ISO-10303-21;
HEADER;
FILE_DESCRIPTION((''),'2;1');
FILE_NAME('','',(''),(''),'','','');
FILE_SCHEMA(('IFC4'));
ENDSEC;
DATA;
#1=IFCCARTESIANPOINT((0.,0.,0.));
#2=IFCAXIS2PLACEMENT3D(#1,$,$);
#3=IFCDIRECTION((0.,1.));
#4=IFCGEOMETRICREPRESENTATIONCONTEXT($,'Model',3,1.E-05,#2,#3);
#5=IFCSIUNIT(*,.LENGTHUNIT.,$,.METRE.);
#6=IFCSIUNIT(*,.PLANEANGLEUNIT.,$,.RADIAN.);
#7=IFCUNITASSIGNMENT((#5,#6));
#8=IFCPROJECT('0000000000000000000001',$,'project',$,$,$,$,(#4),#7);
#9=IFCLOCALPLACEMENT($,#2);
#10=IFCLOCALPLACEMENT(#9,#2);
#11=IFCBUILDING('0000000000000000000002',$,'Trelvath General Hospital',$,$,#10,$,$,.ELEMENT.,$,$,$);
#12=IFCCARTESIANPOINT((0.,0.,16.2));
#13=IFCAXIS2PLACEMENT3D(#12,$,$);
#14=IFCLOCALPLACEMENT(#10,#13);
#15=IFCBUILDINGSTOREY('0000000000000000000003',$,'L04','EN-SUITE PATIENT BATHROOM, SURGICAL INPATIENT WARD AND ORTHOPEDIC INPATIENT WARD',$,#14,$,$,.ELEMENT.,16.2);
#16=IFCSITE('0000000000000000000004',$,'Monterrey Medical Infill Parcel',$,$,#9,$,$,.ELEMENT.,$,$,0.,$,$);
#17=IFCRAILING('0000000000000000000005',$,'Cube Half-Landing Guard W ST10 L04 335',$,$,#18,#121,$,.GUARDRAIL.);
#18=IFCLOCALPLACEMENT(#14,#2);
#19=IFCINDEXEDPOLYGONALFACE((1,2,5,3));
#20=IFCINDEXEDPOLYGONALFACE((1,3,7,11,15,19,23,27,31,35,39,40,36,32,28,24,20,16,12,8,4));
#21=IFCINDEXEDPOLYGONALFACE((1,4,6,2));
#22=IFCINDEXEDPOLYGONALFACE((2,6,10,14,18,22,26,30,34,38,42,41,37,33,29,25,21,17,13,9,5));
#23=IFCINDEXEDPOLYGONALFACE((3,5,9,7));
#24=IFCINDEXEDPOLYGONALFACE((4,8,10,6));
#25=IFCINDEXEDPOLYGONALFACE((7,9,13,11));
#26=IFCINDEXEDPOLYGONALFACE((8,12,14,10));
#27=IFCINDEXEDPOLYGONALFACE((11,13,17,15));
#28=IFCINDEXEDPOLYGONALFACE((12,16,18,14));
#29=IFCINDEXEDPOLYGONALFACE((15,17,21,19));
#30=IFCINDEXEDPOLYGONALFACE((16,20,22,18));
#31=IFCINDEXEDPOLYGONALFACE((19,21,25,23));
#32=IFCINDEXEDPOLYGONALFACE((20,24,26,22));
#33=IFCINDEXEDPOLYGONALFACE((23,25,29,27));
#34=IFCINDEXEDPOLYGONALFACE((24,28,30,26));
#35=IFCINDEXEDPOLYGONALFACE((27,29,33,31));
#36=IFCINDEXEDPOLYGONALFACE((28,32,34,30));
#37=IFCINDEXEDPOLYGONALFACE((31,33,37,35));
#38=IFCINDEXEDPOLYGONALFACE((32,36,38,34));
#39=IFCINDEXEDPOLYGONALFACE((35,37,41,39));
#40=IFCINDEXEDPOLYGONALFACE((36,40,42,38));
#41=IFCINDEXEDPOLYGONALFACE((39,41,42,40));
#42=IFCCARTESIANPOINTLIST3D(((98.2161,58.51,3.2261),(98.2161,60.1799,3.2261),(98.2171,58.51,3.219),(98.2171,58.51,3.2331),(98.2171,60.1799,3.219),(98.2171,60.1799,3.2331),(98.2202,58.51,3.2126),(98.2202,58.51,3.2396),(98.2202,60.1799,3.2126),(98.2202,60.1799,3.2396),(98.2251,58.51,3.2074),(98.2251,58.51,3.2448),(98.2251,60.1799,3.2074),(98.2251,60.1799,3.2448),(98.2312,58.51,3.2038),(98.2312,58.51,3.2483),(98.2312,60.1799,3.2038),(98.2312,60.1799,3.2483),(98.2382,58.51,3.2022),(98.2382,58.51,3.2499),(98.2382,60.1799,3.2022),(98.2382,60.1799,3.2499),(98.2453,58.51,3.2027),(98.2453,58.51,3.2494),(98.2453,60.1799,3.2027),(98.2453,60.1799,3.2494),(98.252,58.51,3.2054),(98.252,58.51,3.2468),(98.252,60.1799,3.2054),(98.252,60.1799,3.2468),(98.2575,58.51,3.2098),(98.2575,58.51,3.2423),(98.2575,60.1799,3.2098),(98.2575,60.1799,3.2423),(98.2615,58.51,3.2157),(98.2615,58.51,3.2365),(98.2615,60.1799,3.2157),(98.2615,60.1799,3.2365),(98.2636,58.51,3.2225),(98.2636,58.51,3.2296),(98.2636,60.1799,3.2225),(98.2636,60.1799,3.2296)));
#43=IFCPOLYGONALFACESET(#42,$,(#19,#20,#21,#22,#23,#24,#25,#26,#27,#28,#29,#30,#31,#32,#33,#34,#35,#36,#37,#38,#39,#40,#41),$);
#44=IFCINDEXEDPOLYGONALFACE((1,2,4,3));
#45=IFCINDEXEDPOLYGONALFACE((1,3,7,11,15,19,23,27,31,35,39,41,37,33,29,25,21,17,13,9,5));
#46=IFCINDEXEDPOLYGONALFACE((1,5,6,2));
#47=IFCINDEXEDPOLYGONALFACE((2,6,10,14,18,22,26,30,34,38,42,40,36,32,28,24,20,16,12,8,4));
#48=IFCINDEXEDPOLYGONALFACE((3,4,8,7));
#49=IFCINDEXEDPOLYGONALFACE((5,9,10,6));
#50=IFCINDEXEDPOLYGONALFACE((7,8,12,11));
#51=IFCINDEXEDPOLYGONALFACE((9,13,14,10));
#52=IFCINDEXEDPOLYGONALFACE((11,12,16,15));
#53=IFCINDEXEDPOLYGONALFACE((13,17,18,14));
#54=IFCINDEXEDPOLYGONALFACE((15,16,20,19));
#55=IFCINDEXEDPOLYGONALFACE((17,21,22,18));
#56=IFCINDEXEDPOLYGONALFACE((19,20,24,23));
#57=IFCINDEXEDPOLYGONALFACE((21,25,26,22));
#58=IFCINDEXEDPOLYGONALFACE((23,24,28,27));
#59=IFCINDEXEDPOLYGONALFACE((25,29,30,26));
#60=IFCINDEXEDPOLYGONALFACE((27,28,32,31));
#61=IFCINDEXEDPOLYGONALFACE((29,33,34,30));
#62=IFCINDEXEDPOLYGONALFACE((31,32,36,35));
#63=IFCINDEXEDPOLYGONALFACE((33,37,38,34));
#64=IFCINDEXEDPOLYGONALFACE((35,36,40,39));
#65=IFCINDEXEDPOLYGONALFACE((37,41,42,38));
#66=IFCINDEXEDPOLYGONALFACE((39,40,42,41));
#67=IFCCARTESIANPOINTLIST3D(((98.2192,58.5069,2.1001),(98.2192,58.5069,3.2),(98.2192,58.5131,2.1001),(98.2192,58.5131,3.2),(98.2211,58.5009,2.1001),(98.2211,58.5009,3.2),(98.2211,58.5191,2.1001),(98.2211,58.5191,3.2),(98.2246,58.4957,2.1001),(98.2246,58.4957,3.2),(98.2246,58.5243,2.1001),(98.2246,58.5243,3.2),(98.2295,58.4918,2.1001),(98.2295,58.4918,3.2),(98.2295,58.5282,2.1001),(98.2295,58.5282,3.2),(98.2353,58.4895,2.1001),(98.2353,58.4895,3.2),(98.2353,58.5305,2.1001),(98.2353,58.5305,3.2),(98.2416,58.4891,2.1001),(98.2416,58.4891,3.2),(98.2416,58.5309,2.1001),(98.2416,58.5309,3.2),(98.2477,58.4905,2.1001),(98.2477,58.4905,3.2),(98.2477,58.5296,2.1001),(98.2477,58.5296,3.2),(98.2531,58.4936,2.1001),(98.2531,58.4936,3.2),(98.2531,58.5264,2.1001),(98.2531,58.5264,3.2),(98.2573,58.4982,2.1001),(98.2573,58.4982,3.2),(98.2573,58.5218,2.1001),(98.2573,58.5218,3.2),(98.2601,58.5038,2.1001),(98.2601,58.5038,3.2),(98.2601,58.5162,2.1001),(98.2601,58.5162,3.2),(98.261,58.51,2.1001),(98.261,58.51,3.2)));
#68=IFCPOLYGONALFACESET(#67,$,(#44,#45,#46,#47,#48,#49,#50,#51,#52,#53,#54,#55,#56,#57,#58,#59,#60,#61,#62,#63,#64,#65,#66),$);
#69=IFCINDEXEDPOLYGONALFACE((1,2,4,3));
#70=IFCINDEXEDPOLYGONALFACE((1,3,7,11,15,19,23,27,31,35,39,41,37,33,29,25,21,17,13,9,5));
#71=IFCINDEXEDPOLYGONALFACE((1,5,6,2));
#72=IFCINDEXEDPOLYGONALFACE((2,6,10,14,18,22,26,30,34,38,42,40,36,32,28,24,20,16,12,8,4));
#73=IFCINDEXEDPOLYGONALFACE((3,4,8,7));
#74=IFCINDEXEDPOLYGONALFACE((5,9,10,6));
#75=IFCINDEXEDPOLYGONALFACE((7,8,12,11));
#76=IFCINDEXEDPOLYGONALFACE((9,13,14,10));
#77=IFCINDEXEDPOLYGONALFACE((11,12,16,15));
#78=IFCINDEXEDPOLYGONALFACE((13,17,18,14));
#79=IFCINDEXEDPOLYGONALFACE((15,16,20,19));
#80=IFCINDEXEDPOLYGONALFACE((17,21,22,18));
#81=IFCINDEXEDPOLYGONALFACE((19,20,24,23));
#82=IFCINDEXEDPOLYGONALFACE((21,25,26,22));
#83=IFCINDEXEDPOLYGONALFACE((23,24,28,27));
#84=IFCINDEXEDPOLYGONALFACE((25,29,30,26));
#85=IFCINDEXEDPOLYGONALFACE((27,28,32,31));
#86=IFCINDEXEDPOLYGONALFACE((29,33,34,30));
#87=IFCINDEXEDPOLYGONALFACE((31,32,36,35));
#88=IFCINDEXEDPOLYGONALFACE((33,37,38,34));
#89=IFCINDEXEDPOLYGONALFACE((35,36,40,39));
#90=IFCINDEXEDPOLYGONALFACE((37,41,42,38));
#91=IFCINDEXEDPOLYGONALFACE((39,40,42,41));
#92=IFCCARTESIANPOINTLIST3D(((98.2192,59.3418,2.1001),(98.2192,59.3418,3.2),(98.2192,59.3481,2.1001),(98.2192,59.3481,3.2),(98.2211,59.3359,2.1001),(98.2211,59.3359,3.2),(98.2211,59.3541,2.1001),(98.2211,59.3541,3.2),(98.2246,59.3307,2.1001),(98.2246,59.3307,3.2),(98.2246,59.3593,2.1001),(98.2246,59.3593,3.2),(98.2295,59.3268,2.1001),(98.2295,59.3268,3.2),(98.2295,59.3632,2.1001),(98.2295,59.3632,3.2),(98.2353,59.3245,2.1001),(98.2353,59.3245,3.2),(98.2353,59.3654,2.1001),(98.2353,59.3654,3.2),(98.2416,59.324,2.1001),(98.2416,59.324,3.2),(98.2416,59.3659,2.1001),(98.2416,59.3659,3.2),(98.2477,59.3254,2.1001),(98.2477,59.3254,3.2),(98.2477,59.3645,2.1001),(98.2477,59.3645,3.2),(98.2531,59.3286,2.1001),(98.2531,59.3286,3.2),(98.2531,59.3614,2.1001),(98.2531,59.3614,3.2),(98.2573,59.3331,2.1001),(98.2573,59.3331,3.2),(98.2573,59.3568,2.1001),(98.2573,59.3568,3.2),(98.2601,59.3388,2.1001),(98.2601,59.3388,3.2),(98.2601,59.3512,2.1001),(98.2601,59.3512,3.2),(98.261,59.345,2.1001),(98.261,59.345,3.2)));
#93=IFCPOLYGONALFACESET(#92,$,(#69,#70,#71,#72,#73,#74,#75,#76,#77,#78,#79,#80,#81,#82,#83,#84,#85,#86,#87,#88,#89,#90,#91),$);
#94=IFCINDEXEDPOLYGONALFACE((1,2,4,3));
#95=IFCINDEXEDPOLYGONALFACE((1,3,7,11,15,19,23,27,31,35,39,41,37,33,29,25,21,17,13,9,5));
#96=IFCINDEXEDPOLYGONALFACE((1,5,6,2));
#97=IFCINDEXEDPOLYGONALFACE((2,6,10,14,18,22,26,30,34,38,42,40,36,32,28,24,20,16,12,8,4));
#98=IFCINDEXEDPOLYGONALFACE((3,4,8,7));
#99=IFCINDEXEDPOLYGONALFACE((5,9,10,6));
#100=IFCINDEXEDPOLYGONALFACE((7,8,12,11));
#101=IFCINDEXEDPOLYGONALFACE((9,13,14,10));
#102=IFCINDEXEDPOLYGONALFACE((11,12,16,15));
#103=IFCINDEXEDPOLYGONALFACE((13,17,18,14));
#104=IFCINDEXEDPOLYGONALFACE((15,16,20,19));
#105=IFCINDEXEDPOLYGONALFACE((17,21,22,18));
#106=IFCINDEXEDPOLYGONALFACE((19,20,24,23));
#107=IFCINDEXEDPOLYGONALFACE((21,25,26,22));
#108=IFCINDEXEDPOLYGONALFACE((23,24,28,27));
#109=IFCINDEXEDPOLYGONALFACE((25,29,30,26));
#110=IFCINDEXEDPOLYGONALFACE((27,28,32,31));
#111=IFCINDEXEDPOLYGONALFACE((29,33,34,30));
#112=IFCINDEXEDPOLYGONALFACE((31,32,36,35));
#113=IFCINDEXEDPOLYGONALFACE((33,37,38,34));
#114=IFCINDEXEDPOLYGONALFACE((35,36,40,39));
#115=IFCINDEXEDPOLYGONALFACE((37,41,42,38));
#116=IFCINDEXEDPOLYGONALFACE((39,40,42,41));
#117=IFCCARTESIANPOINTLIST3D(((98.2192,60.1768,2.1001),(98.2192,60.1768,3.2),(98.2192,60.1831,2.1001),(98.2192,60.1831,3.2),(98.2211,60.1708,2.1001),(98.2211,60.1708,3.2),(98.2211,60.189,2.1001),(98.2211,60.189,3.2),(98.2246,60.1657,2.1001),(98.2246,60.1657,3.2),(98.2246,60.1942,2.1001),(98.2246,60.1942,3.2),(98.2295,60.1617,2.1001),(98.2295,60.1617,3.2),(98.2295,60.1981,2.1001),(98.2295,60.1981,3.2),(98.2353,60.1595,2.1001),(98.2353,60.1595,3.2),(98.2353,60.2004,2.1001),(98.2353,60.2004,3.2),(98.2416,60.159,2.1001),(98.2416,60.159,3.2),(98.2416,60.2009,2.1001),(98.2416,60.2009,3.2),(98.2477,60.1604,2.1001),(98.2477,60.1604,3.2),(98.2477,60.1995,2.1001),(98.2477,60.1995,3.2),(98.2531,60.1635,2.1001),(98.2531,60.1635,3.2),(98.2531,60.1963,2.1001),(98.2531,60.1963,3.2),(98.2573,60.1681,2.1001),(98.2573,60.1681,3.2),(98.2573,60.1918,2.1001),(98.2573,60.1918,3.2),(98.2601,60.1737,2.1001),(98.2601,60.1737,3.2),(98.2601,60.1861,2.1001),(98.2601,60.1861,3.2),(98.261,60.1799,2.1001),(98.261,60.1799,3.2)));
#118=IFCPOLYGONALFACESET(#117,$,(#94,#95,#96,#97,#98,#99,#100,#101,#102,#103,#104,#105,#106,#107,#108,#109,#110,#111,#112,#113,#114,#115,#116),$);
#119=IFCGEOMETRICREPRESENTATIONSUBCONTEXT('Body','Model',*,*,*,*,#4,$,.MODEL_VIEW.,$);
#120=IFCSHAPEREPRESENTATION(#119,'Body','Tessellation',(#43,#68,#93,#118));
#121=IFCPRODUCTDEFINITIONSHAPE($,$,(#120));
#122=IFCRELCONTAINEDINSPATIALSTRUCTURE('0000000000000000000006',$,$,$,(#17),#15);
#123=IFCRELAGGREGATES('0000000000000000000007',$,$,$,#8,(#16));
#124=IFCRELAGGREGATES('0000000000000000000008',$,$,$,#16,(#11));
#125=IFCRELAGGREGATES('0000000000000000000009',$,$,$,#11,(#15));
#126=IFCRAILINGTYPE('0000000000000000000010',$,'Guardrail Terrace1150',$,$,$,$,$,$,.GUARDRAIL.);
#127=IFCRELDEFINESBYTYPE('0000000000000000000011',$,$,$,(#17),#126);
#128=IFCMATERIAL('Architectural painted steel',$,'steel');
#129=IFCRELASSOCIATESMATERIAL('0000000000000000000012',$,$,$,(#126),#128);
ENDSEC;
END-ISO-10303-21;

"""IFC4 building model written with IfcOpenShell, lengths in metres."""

from ifc_helpers import new_model, si_unit, direction, frame, origin, origin_2d, place, context, subcontext, project, spatial, circle, extrude, material, type_object, element, save


model = new_model("IFC4")

# Units and contexts
model_context = context("Model", 3, precision=1e-05, world=origin(), true_north=direction((0.0, 1.0)))
body_context = subcontext(model_context, "Body", "Model", "MODEL_VIEW")
ifc_project = project(units=[si_unit("LENGTHUNIT", "METRE"), si_unit("PLANEANGLEUNIT", "RADIAN")], contexts=[model_context])

# Site, building, storey
site_placement = place(None, origin())
site = spatial("IfcSite", under=ifc_project, at=site_placement, Name="Monterrey Medical Infill Parcel", CompositionType="ELEMENT", RefElevation=0.0)
building_placement = place(site_placement, origin())
building = spatial("IfcBuilding", under=site, at=building_placement, Name="Trelvath General Hospital", CompositionType="ELEMENT")
storey_placement = place(building_placement, frame((0.0, 0.0, 16.2)))
storey = spatial("IfcBuildingStorey", under=building, at=storey_placement, Name="L04", Description="EN-SUITE PATIENT BATHROOM, SURGICAL INPATIENT WARD AND ORTHOPEDIC INPATIENT WARD", CompositionType="ELEMENT", Elevation=16.2)

# Railing
ifc_material_1 = material(Name="Architectural painted steel", Category="steel")
railing_type = type_object("IfcRailingType", Name="Guardrail Terrace1150", PredefinedType="GUARDRAIL", material=ifc_material_1)
railing_1_placement = place(storey_placement, frame((98.24, 58.51, 2.1001)))
element("IfcRailing", 1, at=railing_1_placement, inside=storey, type_object=railing_type, Name="Cube Half-Landing Guard W ST10 L04 335", PredefinedType="GUARDRAIL", context=body_context, shape_type="SweptSolid", body=[
    extrude(circle(Radius=0.0239, at=origin_2d()), frame((0.0, 0.0, 1.126), z_axis=(0.0, 1.0, 0.0), x_axis=(-1.0, 0.0, 0.0)), (0.0, 0.0, 1.0), 1.6699),
    extrude(circle(Radius=0.021, at=origin_2d()), origin(), (0.0, 0.0, 1.0), 1.0999),
    extrude(circle(Radius=0.021, at=origin_2d()), frame((0.0, 0.835, 0.0)), (0.0, 0.0, 1.0), 1.0999),
    extrude(circle(Radius=0.021, at=origin_2d()), frame((0.0, 1.6699, 0.0)), (0.0, 0.0, 1.0), 1.0999),
])

save(model, "model.ifc")
